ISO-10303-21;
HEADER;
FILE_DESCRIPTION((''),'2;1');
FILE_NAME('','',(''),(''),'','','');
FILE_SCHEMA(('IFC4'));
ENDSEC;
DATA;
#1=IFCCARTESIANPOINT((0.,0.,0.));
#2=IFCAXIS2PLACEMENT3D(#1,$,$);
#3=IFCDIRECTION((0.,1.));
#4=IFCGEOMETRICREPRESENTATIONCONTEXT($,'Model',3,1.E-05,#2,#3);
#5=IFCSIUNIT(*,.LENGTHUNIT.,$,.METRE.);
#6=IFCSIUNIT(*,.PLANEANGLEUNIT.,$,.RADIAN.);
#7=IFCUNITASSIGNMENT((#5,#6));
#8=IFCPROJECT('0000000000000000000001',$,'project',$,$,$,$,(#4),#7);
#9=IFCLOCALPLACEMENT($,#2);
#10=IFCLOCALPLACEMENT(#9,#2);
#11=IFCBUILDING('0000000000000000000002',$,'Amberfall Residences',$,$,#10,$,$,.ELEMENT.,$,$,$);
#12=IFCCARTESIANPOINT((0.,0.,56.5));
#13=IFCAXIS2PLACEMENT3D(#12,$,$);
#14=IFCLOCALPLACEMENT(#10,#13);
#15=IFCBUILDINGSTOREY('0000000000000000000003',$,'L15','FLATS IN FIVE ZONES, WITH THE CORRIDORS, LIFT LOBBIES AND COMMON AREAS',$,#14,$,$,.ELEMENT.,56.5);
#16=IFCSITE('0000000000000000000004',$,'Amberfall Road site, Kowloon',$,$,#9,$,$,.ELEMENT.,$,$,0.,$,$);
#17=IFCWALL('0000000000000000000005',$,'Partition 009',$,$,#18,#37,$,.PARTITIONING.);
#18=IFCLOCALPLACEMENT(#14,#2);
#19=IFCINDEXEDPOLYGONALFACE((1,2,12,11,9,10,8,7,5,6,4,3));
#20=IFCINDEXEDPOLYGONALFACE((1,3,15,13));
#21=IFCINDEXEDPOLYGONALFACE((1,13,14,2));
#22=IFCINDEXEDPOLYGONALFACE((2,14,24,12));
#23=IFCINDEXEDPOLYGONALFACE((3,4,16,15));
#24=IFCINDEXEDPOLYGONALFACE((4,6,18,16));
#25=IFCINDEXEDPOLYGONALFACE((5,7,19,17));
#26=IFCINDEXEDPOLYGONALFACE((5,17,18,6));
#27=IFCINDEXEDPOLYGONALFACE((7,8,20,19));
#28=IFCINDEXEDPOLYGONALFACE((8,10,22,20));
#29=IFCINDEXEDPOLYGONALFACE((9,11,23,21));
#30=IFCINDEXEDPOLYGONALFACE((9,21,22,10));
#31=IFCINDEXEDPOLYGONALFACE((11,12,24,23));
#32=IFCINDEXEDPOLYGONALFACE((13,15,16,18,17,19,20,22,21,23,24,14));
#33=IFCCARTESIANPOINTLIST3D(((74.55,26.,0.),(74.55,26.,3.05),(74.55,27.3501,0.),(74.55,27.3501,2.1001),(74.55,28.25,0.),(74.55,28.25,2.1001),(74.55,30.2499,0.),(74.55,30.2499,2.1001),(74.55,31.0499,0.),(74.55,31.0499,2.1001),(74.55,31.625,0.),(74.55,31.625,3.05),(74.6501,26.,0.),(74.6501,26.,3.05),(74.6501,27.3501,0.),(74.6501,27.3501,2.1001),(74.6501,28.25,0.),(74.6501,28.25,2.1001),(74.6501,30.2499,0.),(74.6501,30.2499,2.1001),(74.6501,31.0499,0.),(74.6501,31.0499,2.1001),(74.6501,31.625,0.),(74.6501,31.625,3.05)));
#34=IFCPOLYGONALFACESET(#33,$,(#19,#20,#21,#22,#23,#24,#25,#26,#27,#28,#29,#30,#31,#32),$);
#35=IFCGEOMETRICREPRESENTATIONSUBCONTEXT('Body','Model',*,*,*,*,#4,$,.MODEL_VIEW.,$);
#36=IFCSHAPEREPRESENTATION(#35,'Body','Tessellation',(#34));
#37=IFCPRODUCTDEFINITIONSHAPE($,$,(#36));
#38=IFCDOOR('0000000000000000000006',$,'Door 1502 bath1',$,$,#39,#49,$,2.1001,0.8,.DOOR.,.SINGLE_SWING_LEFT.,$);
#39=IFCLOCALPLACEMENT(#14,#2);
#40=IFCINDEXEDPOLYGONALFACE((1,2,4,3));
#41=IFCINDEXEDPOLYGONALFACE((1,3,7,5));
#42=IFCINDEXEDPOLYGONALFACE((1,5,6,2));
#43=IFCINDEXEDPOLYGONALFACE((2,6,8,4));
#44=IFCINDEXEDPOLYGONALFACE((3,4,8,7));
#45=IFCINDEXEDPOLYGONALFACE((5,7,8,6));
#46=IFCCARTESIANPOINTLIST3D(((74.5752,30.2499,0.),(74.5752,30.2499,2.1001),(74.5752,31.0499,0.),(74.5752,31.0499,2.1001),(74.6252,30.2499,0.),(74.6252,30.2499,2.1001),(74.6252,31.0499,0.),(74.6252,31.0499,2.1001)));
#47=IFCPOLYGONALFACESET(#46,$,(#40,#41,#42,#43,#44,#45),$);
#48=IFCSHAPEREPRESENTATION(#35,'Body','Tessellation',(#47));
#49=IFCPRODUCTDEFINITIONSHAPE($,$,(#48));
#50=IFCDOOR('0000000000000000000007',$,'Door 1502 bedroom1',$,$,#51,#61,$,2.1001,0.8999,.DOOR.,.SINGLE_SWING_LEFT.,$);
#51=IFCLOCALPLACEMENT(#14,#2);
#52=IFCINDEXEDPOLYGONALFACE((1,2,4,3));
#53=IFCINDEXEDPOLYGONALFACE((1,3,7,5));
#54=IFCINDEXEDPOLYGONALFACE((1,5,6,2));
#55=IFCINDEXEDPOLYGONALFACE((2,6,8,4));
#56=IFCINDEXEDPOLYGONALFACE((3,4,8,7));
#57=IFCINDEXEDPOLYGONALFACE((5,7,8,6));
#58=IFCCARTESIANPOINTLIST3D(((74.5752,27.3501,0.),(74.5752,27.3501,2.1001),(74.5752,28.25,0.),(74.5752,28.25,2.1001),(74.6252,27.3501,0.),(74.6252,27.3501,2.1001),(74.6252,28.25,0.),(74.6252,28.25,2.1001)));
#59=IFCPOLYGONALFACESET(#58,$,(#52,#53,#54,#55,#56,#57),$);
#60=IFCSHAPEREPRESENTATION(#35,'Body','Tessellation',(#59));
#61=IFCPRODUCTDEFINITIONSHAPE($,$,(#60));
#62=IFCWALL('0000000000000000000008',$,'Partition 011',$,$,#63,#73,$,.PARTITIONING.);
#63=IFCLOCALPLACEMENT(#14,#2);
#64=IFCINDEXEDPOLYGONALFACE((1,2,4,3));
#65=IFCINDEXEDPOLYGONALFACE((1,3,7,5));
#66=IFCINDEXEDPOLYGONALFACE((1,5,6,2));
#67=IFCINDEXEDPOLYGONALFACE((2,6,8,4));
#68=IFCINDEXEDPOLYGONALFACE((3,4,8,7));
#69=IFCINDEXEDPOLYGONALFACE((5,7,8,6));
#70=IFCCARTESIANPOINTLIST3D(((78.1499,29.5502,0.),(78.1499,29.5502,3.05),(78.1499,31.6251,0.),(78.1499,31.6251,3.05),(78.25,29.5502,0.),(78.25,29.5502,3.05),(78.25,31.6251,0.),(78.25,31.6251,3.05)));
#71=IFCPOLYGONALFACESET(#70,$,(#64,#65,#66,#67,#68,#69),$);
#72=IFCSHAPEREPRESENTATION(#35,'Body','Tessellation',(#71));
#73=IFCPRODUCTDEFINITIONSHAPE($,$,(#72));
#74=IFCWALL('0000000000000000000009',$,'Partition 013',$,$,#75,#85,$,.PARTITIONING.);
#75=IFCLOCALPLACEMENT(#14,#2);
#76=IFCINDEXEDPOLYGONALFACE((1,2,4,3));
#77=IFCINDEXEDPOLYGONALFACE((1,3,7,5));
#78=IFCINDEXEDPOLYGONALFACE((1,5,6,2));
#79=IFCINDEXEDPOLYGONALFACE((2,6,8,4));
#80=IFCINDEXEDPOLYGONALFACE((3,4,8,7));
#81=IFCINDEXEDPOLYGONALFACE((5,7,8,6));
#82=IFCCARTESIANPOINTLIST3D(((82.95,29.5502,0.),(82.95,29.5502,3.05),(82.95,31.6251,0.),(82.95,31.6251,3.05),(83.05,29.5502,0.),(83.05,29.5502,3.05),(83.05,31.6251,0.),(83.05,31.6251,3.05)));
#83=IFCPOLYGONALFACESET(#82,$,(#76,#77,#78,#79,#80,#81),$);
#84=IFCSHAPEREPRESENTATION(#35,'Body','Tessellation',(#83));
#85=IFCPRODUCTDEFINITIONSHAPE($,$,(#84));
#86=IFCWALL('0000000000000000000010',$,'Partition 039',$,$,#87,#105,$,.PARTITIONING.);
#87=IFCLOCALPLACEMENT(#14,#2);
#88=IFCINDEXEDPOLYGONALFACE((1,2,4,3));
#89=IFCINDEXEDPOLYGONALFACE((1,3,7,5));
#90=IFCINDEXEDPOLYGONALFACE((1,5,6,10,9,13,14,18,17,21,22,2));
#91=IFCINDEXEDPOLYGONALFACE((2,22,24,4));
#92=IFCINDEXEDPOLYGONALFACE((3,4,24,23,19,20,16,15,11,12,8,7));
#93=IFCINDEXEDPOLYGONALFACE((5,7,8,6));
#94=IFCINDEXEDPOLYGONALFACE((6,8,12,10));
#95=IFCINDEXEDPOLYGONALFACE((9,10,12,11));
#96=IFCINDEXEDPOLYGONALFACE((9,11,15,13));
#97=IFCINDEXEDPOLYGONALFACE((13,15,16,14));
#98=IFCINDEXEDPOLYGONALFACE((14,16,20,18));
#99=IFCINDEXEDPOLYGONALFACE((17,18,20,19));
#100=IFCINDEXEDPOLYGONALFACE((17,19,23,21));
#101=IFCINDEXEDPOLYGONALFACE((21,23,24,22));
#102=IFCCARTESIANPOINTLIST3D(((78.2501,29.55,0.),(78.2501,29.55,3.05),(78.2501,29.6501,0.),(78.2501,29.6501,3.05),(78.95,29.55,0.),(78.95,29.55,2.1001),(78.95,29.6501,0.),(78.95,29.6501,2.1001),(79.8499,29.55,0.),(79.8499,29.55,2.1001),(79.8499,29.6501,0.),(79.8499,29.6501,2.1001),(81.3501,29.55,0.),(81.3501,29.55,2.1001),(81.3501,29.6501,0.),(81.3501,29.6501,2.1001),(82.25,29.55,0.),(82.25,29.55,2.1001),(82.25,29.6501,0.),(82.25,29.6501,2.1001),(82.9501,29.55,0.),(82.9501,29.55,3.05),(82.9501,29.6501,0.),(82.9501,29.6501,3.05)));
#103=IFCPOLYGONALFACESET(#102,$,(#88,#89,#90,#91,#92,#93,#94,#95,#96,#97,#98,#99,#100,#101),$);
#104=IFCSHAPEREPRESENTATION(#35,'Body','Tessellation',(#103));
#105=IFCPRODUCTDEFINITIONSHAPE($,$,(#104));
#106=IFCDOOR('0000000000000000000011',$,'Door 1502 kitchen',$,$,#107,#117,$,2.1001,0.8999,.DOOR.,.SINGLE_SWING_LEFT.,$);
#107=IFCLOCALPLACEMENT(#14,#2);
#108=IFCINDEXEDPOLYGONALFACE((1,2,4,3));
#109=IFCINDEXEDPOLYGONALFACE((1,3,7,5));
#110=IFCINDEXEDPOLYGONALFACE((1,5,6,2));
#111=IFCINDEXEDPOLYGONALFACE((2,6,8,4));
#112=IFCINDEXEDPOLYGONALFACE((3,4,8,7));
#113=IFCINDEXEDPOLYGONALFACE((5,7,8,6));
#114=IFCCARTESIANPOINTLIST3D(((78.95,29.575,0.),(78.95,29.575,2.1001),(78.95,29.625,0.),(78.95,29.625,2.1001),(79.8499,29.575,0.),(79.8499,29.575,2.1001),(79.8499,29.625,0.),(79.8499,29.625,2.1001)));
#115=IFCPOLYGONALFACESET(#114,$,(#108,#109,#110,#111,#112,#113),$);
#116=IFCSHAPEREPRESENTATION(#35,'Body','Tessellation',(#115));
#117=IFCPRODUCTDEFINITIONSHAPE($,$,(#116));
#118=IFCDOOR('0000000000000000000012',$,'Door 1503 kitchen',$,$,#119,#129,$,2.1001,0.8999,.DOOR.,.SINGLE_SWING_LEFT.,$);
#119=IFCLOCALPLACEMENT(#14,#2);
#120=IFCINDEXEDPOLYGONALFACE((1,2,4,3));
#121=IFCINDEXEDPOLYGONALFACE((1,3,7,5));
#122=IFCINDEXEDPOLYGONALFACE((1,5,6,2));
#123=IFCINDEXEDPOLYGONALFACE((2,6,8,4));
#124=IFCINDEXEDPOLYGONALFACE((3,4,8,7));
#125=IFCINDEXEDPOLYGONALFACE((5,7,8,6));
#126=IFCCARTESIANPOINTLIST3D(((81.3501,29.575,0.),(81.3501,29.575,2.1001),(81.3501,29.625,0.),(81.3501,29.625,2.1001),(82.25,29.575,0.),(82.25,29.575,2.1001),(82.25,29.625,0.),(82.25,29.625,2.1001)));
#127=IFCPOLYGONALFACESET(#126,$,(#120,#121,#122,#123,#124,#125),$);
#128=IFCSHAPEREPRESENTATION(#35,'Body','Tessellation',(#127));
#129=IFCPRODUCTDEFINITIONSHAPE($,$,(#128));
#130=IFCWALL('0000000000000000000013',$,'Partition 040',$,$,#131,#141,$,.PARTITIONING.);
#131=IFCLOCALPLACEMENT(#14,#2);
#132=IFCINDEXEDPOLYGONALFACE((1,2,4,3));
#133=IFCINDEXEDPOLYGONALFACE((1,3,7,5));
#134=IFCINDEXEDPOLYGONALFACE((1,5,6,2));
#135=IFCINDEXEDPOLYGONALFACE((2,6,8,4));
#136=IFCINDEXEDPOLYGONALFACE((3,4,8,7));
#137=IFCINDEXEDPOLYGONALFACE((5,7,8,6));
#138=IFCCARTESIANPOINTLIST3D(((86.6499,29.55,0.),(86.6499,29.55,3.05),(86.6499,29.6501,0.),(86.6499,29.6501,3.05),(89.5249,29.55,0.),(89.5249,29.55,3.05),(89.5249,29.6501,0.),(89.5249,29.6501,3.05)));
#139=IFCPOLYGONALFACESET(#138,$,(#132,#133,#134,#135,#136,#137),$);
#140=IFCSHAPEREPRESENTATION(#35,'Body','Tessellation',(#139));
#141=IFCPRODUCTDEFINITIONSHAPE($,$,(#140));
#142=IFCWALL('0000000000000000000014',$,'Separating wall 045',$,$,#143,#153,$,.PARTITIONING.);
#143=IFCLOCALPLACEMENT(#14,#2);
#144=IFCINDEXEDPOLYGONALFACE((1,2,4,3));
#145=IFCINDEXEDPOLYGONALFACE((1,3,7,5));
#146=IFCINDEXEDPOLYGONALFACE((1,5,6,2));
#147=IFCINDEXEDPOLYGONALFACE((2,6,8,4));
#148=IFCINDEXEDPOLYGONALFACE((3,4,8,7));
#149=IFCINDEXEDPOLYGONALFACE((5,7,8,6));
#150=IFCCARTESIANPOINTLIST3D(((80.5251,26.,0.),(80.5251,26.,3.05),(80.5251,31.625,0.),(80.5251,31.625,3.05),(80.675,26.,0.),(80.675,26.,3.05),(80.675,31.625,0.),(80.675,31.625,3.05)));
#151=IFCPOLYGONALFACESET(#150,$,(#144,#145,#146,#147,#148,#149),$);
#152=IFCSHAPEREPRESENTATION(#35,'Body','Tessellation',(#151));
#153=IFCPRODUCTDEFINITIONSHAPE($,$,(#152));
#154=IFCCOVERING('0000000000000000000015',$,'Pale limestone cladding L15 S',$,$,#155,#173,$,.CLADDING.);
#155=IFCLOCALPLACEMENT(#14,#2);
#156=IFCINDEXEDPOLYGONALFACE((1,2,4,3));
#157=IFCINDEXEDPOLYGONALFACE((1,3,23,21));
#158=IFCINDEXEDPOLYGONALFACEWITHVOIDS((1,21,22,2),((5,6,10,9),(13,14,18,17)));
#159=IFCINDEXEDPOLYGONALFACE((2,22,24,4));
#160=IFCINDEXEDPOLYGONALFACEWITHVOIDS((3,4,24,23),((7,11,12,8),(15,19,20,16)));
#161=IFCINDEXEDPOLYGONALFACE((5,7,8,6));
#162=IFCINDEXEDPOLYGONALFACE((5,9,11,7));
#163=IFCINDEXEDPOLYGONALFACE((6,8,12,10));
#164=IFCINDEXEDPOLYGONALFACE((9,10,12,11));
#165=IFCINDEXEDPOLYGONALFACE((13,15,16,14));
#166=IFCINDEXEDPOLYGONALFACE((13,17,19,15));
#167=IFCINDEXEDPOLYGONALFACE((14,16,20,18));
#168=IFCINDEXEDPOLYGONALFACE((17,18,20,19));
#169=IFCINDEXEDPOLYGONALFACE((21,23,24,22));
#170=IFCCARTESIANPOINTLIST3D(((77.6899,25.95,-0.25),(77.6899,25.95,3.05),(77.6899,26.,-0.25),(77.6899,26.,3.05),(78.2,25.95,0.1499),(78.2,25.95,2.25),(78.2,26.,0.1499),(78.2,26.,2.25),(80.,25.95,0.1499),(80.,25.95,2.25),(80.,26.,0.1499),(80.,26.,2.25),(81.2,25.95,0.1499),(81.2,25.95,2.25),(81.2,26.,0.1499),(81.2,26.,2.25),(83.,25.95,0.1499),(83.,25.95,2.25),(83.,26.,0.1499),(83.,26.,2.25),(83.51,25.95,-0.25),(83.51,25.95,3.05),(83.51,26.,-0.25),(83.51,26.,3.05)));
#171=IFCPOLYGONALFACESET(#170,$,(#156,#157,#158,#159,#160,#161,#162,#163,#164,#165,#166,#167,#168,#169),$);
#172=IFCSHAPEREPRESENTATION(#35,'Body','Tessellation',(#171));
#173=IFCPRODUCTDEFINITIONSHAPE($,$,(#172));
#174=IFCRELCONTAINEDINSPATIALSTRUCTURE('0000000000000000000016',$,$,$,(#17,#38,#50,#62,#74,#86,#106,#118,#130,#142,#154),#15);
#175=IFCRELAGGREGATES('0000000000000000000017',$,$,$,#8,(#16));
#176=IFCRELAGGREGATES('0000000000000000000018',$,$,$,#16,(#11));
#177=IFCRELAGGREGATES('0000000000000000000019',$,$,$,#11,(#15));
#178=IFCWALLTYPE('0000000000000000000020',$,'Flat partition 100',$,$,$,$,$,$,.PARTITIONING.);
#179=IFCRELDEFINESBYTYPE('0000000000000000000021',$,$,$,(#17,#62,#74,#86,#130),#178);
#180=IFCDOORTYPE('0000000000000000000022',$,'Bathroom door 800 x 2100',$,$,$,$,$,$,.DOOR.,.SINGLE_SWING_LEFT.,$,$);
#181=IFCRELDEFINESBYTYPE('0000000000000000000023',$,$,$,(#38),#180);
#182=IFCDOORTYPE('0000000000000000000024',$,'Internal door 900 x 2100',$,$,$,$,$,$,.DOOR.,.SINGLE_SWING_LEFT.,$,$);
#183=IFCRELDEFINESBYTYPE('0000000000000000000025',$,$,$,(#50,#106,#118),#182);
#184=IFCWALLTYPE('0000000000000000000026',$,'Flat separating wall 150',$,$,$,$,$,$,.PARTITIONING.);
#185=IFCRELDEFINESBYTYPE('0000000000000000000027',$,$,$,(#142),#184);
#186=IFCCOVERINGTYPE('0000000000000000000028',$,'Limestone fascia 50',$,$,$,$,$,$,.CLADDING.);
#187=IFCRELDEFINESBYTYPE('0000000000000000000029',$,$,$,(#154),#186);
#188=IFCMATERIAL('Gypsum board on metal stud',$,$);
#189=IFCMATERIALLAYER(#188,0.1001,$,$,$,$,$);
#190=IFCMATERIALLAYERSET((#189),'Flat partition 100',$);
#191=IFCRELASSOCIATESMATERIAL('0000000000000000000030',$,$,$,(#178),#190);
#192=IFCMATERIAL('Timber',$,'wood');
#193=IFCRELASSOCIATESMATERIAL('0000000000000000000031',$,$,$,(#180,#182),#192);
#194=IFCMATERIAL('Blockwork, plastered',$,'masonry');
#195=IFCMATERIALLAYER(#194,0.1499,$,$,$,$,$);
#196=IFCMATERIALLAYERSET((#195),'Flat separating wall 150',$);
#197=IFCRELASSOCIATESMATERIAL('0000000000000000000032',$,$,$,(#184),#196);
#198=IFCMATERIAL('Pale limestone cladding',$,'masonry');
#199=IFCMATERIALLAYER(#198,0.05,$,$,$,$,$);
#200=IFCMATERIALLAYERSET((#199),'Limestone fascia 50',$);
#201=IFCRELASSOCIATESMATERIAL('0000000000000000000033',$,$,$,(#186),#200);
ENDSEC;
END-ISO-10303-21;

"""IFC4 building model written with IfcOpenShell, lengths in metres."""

from ifc_helpers import new_model, si_unit, direction, frame, frame_2d, origin, place, context, subcontext, project, spatial, polyline, rectangle, outline, extrude, material, layer, layer_set, type_object, element, fill, save


model = new_model("IFC4")

# Units and contexts
model_context = context("Model", 3, precision=1e-05, world=origin(), true_north=direction((0.0, 1.0)))
body_context = subcontext(model_context, "Body", "Model", "MODEL_VIEW")
ifc_project = project(units=[si_unit("LENGTHUNIT", "METRE"), si_unit("PLANEANGLEUNIT", "RADIAN")], contexts=[model_context])

# Site, building, storey
site_placement = place(None, origin())
site = spatial("IfcSite", under=ifc_project, at=site_placement, Name="Amberfall Road site, Kowloon", CompositionType="ELEMENT", RefElevation=0.0)
building_placement = place(site_placement, origin())
building = spatial("IfcBuilding", under=site, at=building_placement, Name="Amberfall Residences", CompositionType="ELEMENT")
storey_placement = place(building_placement, frame((0.0, 0.0, 56.5)))
storey = spatial("IfcBuildingStorey", under=building, at=storey_placement, Name="L15", Description="FLATS IN FIVE ZONES, WITH THE CORRIDORS, LIFT LOBBIES AND COMMON AREAS", CompositionType="ELEMENT", Elevation=56.5)

# Wall, openings, doors
ifc_material_1 = material(Name="Gypsum board on metal stud")
ifc_layer_1 = layer(ifc_material_1, 0.1001)
ifc_layer_set_1 = layer_set([ifc_layer_1], Name="Flat partition 100")
wall_type_1 = type_object("IfcWallType", Name="Flat partition 100", PredefinedType="PARTITIONING", material=ifc_layer_set_1)
wall_1_placement = place(storey_placement, frame((74.6001, 26.0, 0.0), z_axis=(0.0, 0.0, 1.0), x_axis=(0.0, 1.0, 0.0)))
wall_1 = element("IfcWall", 1, at=wall_1_placement, inside=storey, type_object=wall_type_1, Name="Partition 009", PredefinedType="PARTITIONING", context=body_context, shape_type="SweptSolid", body=[
    extrude(rectangle(XDim=5.625, YDim=0.1001, at=frame_2d((2.8125, 0.0))), origin(), (0.0, 0.0, 1.0), 3.05),
])
opening_1_placement = place(wall_1_placement, frame((1.3501, 0.0, 0.0)))
opening_1 = element("IfcOpeningElement", 2, at=opening_1_placement, cuts=wall_1, PredefinedType="OPENING", context=body_context, shape_type="SweptSolid", body=[
    extrude(rectangle(XDim=0.8999, YDim=2.1001, at=frame_2d((0.45, 1.05))), frame((0.0, 0.0601, 0.0), z_axis=(0.0, -1.0, 0.0), x_axis=(1.0, 0.0, 0.0)), (0.0, 0.0, 1.0), 0.1201),
])
opening_2_placement = place(wall_1_placement, frame((4.25, 0.0, 0.0)))
opening_2 = element("IfcOpeningElement", 3, at=opening_2_placement, cuts=wall_1, PredefinedType="OPENING", context=body_context, shape_type="SweptSolid", body=[
    extrude(rectangle(XDim=0.8, YDim=2.1001, at=frame_2d((0.3999, 1.05))), frame((0.0, 0.0601, 0.0), z_axis=(0.0, -1.0, 0.0), x_axis=(1.0, 0.0, 0.0)), (0.0, 0.0, 1.0), 0.1201),
])
ifc_material_2 = material(Name="Timber", Category="wood")
door_type_1 = type_object("IfcDoorType", Name="Bathroom door 800 x 2100", OperationType="SINGLE_SWING_LEFT", PredefinedType="DOOR", material=ifc_material_2)
door_1_placement = place(opening_2_placement, origin())
door_1 = element("IfcDoor", 4, at=door_1_placement, inside=storey, type_object=door_type_1, Name="Door 1502 bath1", OperationType="SINGLE_SWING_LEFT", OverallHeight=2.1001, OverallWidth=0.8, PredefinedType="DOOR", context=body_context, shape_type="SweptSolid", body=[
    extrude(rectangle(XDim=0.8, YDim=2.1001, at=frame_2d((0.3999, 1.05))), frame((0.0, 0.0249, 0.0), z_axis=(0.0, -1.0, 0.0), x_axis=(1.0, 0.0, 0.0)), (0.0, 0.0, 1.0), 0.05),
])
fill(opening_2, door_1)
door_type_2 = type_object("IfcDoorType", Name="Internal door 900 x 2100", OperationType="SINGLE_SWING_LEFT", PredefinedType="DOOR", material=ifc_material_2)
door_2_placement = place(opening_1_placement, origin())
door_2 = element("IfcDoor", 5, at=door_2_placement, inside=storey, type_object=door_type_2, Name="Door 1502 bedroom1", OperationType="SINGLE_SWING_LEFT", OverallHeight=2.1001, OverallWidth=0.8999, PredefinedType="DOOR", context=body_context, shape_type="SweptSolid", body=[
    extrude(rectangle(XDim=0.8999, YDim=2.1001, at=frame_2d((0.45, 1.05))), frame((0.0, 0.0249, 0.0), z_axis=(0.0, -1.0, 0.0), x_axis=(1.0, 0.0, 0.0)), (0.0, 0.0, 1.0), 0.05),
])
fill(opening_1, door_2)

# Walls
for number, where, z_axis, x_axis, name in (
    (6, (78.2, 29.55, 0.0), (0.0, 0.0, 1.0), (0.0, 1.0, 0.0), "Partition 011"),
    (7, (83.0, 29.55, 0.0), (0.0, 0.0, 1.0), (0.0, 1.0, 0.0), "Partition 013"),
):
    element("IfcWall", number, at=place(storey_placement, frame(where, z_axis=z_axis, x_axis=x_axis)), inside=storey, type_object=wall_type_1, Name=name, PredefinedType="PARTITIONING", context=body_context, shape_type="SweptSolid", body=[
        extrude(rectangle(XDim=2.075, YDim=0.1001, at=frame_2d((1.0376, 0.0))), origin(), (0.0, 0.0, 1.0), 3.05),
    ])

# Wall, openings, doors
wall_2_placement = place(storey_placement, frame((78.25, 29.6001, 0.0), z_axis=(0.0, 0.0, 1.0), x_axis=(1.0, 0.0, 0.0)))
wall_2 = element("IfcWall", 8, at=wall_2_placement, inside=storey, type_object=wall_type_1, Name="Partition 039", PredefinedType="PARTITIONING", context=body_context, shape_type="SweptSolid", body=[
    extrude(rectangle(XDim=4.7, YDim=0.1001, at=frame_2d((2.3501, 0.0))), origin(), (0.0, 0.0, 1.0), 3.05),
])
opening_3_placement = place(wall_2_placement, frame((0.7, 0.0, 0.0)))
opening_3 = element("IfcOpeningElement", 9, at=opening_3_placement, cuts=wall_2, PredefinedType="OPENING", context=body_context, shape_type="SweptSolid", body=[
    extrude(rectangle(XDim=0.8999, YDim=2.1001, at=frame_2d((0.45, 1.05))), frame((0.0, 0.0601, 0.0), z_axis=(0.0, -1.0, 0.0), x_axis=(1.0, 0.0, 0.0)), (0.0, 0.0, 1.0), 0.1201),
])
opening_4_placement = place(wall_2_placement, frame((3.1001, 0.0, 0.0)))
opening_4 = element("IfcOpeningElement", 10, at=opening_4_placement, cuts=wall_2, PredefinedType="OPENING", context=body_context, shape_type="SweptSolid", body=[
    extrude(rectangle(XDim=0.8999, YDim=2.1001, at=frame_2d((0.45, 1.05))), frame((0.0, 0.0601, 0.0), z_axis=(0.0, -1.0, 0.0), x_axis=(1.0, 0.0, 0.0)), (0.0, 0.0, 1.0), 0.1201),
])
door_3_placement = place(opening_3_placement, origin())
door_3 = element("IfcDoor", 11, at=door_3_placement, inside=storey, type_object=door_type_2, Name="Door 1502 kitchen", OperationType="SINGLE_SWING_LEFT", OverallHeight=2.1001, OverallWidth=0.8999, PredefinedType="DOOR", context=body_context, shape_type="SweptSolid", body=[
    extrude(rectangle(XDim=0.8999, YDim=2.1001, at=frame_2d((0.45, 1.05))), frame((0.0, 0.0249, 0.0), z_axis=(0.0, -1.0, 0.0), x_axis=(1.0, 0.0, 0.0)), (0.0, 0.0, 1.0), 0.05),
])
fill(opening_3, door_3)
door_4_placement = place(opening_4_placement, origin())
door_4 = element("IfcDoor", 12, at=door_4_placement, inside=storey, type_object=door_type_2, Name="Door 1503 kitchen", OperationType="SINGLE_SWING_LEFT", OverallHeight=2.1001, OverallWidth=0.8999, PredefinedType="DOOR", context=body_context, shape_type="SweptSolid", body=[
    extrude(rectangle(XDim=0.8999, YDim=2.1001, at=frame_2d((0.45, 1.05))), frame((0.0, 0.0249, 0.0), z_axis=(0.0, -1.0, 0.0), x_axis=(1.0, 0.0, 0.0)), (0.0, 0.0, 1.0), 0.05),
])
fill(opening_4, door_4)

# Walls
wall_3_placement = place(storey_placement, frame((86.6499, 29.6001, 0.0), z_axis=(0.0, 0.0, 1.0), x_axis=(1.0, 0.0, 0.0)))
element("IfcWall", 13, at=wall_3_placement, inside=storey, type_object=wall_type_1, Name="Partition 040", PredefinedType="PARTITIONING", context=body_context, shape_type="SweptSolid", body=[
    extrude(rectangle(XDim=2.875, YDim=0.1001, at=frame_2d((1.4375, 0.0))), origin(), (0.0, 0.0, 1.0), 3.05),
])
ifc_material_3 = material(Name="Blockwork, plastered", Category="masonry")
ifc_layer_2 = layer(ifc_material_3, 0.1499)
ifc_layer_set_2 = layer_set([ifc_layer_2], Name="Flat separating wall 150")
wall_type_2 = type_object("IfcWallType", Name="Flat separating wall 150", PredefinedType="PARTITIONING", material=ifc_layer_set_2)
wall_4_placement = place(storey_placement, frame((80.6001, 26.0, 0.0), z_axis=(0.0, 0.0, 1.0), x_axis=(0.0, 1.0, 0.0)))
element("IfcWall", 14, at=wall_4_placement, inside=storey, type_object=wall_type_2, Name="Separating wall 045", PredefinedType="PARTITIONING", context=body_context, shape_type="SweptSolid", body=[
    extrude(rectangle(XDim=5.625, YDim=0.1499, at=frame_2d((2.8125, 0.0))), origin(), (0.0, 0.0, 1.0), 3.05),
])

# Covering
ifc_material_4 = material(Name="Pale limestone cladding", Category="masonry")
ifc_layer_3 = layer(ifc_material_4, 0.05)
ifc_layer_set_3 = layer_set([ifc_layer_3], Name="Limestone fascia 50")
covering_type = type_object("IfcCoveringType", Name="Limestone fascia 50", PredefinedType="CLADDING", material=ifc_layer_set_3)
covering_1_placement = place(storey_placement, frame((77.6899, 26.0, 3.05), z_axis=(0.0, 1.0, 0.0), x_axis=(1.0, 0.0, 0.0)))
element("IfcCovering", 15, at=covering_1_placement, inside=storey, type_object=covering_type, Name="Pale limestone cladding L15 S", PredefinedType="CLADDING", context=body_context, shape_type="SweptSolid", body=[
    extrude(outline(polyline([(0.0, 0.0), (5.8201, 0.0), (5.8201, 3.3), (0.0, 3.3), (0.0, 0.0)]), holes=[polyline([(0.51, 0.8), (2.3101, 0.8), (2.3101, 2.9001), (0.51, 2.9001), (0.51, 0.8)]), polyline([(3.51, 0.8), (5.3101, 0.8), (5.3101, 2.9001), (3.51, 2.9001), (3.51, 0.8)])]), origin(), (0.0, 0.0, -1.0), 0.05),
])

save(model, "model.ifc")
